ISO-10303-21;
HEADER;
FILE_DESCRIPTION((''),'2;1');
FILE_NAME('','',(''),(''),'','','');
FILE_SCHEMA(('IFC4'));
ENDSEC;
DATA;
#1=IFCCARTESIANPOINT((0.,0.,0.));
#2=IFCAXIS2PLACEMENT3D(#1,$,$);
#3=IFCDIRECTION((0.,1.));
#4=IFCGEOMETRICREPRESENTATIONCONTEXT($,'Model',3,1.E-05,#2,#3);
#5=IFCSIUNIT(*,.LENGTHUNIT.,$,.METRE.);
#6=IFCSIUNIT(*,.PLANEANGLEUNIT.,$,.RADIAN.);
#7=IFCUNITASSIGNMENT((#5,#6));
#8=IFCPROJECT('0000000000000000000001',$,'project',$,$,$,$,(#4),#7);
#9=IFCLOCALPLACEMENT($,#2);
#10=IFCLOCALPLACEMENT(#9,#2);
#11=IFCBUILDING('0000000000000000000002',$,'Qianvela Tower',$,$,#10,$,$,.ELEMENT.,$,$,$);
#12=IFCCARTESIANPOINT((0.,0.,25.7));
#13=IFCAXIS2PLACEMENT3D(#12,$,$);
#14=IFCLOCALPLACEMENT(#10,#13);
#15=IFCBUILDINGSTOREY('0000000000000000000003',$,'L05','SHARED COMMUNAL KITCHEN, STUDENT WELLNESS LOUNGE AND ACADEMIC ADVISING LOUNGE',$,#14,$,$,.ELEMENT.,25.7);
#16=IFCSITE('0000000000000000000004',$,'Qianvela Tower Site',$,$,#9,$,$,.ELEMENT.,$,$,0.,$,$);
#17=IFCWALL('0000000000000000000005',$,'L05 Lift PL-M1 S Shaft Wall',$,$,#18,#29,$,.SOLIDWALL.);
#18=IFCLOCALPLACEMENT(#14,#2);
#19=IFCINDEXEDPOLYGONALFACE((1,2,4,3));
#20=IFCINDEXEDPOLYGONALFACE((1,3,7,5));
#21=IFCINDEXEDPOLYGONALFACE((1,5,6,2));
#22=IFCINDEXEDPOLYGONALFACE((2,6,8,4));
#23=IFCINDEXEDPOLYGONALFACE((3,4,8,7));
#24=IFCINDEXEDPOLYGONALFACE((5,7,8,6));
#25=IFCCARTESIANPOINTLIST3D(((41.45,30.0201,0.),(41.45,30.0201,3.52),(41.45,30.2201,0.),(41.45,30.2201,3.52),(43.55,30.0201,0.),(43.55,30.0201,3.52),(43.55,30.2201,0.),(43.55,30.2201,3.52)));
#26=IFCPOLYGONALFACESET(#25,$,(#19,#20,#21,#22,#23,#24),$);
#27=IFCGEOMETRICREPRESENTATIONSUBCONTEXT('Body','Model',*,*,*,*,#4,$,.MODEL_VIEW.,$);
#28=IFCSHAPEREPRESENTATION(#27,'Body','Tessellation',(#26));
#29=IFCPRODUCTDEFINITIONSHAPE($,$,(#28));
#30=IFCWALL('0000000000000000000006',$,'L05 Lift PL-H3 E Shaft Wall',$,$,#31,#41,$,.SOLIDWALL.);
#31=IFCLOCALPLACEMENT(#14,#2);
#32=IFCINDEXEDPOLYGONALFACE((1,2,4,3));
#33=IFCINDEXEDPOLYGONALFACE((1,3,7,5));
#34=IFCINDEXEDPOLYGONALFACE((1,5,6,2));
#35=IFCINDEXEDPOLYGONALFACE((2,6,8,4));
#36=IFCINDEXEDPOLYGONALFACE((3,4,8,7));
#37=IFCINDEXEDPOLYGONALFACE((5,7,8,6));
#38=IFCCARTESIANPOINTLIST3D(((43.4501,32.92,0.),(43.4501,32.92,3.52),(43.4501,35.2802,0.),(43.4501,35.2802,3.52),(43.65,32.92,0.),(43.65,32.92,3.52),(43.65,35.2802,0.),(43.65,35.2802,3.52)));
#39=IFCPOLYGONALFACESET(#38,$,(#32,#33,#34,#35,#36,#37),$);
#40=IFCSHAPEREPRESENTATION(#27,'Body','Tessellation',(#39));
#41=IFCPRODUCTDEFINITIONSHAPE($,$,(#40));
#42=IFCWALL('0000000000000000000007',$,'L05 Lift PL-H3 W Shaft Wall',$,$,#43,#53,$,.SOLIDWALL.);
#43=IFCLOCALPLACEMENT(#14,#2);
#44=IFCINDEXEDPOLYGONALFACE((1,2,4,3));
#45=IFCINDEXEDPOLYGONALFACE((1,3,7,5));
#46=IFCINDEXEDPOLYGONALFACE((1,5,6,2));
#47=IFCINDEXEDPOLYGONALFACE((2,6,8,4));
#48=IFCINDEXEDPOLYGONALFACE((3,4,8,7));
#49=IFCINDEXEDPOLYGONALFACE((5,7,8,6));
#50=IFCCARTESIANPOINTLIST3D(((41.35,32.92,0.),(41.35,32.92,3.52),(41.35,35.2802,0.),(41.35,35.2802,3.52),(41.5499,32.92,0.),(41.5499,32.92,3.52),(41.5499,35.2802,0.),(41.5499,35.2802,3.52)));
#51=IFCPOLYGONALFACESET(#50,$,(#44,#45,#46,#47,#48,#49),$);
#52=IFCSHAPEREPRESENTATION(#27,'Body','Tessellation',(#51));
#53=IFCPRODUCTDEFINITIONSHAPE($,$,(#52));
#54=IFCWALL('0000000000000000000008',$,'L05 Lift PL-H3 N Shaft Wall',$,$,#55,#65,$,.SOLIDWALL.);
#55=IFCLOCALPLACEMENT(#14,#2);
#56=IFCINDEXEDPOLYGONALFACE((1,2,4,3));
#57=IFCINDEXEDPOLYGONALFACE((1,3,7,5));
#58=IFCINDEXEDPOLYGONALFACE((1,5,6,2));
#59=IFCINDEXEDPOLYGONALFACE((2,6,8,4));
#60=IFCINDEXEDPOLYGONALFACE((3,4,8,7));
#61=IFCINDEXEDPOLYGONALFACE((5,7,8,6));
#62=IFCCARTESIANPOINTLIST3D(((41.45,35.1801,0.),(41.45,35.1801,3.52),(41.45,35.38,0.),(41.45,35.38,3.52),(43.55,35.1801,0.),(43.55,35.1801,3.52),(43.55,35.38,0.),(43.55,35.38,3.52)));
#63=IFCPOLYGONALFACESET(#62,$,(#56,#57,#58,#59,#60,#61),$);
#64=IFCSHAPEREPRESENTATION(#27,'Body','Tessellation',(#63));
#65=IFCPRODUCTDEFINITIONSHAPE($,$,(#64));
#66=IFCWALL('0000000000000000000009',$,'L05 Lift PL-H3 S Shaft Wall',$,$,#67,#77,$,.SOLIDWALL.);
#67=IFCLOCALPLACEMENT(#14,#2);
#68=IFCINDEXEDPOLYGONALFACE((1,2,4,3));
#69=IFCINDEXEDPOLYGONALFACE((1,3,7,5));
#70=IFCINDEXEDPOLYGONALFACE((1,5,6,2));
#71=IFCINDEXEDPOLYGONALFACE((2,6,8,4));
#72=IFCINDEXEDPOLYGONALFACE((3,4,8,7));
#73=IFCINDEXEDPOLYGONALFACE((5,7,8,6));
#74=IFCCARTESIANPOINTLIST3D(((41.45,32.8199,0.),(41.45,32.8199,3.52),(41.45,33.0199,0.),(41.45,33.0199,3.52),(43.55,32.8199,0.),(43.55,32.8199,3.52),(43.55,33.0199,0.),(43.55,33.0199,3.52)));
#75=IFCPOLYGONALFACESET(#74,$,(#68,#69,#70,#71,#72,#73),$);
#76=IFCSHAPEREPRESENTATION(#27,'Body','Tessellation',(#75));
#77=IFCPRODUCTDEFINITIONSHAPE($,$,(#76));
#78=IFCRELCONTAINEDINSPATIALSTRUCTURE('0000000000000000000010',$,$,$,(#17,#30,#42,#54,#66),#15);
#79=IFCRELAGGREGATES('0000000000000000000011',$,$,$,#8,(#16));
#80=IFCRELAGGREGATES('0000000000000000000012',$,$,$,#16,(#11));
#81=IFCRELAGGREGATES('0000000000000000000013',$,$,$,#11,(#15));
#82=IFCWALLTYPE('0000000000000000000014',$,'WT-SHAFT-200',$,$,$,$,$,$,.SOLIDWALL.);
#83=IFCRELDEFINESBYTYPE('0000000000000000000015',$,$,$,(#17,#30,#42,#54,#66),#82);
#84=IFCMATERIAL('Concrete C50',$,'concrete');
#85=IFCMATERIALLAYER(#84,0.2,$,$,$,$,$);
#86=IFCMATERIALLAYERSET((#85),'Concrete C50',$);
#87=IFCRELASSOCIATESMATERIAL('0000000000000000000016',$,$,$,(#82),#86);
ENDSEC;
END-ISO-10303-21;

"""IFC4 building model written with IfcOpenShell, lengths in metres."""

from ifc_helpers import new_model, si_unit, direction, frame, frame_2d, origin, place, context, subcontext, project, spatial, rectangle, extrude, material, layer, layer_set, type_object, element, save


model = new_model("IFC4")

# Units and contexts
model_context = context("Model", 3, precision=1e-05, world=origin(), true_north=direction((0.0, 1.0)))
body_context = subcontext(model_context, "Body", "Model", "MODEL_VIEW")
ifc_project = project(units=[si_unit("LENGTHUNIT", "METRE"), si_unit("PLANEANGLEUNIT", "RADIAN")], contexts=[model_context])

# Site, building, storey
site_placement = place(None, origin())
site = spatial("IfcSite", under=ifc_project, at=site_placement, Name="Qianvela Tower Site", CompositionType="ELEMENT", RefElevation=0.0)
building_placement = place(site_placement, origin())
building = spatial("IfcBuilding", under=site, at=building_placement, Name="Qianvela Tower", CompositionType="ELEMENT")
storey_placement = place(building_placement, frame((0.0, 0.0, 25.7)))
storey = spatial("IfcBuildingStorey", under=building, at=storey_placement, Name="L05", Description="SHARED COMMUNAL KITCHEN, STUDENT WELLNESS LOUNGE AND ACADEMIC ADVISING LOUNGE", CompositionType="ELEMENT", Elevation=25.7)

# Walls
ifc_material_1 = material(Name="Concrete C50", Category="concrete")
ifc_layer_1 = layer(ifc_material_1, 0.2)
ifc_layer_set_1 = layer_set([ifc_layer_1], Name="Concrete C50")
wall_type_1 = type_object("IfcWallType", Name="WT-SHAFT-200", PredefinedType="SOLIDWALL", material=ifc_layer_set_1)
for number, where, z_axis, x_axis, name in (
    (1, (41.45, 30.1201, 0.0), (0.0, 0.0, 1.0), (1.0, 0.0, 0.0), "L05 Lift PL-M1 S Shaft Wall"),
):
    element("IfcWall", number, at=place(storey_placement, frame(where, z_axis=z_axis, x_axis=x_axis)), inside=storey, type_object=wall_type_1, Name=name, PredefinedType="SOLIDWALL", context=body_context, shape_type="SweptSolid", body=[
        extrude(rectangle(XDim=2.1001, YDim=0.2, at=frame_2d((1.05, 0.0))), origin(), (0.0, 0.0, 1.0), 3.52),
    ])
for number, where, z_axis, x_axis, name in (
    (2, (43.55, 32.9199, 0.0), (0.0, 0.0, 1.0), (0.0, 1.0, 0.0), "L05 Lift PL-H3 E Shaft Wall"),
    (3, (41.45, 32.9199, 0.0), (0.0, 0.0, 1.0), (0.0, 1.0, 0.0), "L05 Lift PL-H3 W Shaft Wall"),
):
    element("IfcWall", number, at=place(storey_placement, frame(where, z_axis=z_axis, x_axis=x_axis)), inside=storey, type_object=wall_type_1, Name=name, PredefinedType="SOLIDWALL", context=body_context, shape_type="SweptSolid", body=[
        extrude(rectangle(XDim=2.3601, YDim=0.2, at=frame_2d((1.1802, 0.0))), origin(), (0.0, 0.0, 1.0), 3.52),
    ])
for number, where, z_axis, x_axis, name in (
    (4, (41.45, 35.28, 0.0), (0.0, 0.0, 1.0), (1.0, 0.0, 0.0), "L05 Lift PL-H3 N Shaft Wall"),
    (5, (41.45, 32.9199, 0.0), (0.0, 0.0, 1.0), (1.0, 0.0, 0.0), "L05 Lift PL-H3 S Shaft Wall"),
):
    element("IfcWall", number, at=place(storey_placement, frame(where, z_axis=z_axis, x_axis=x_axis)), inside=storey, type_object=wall_type_1, Name=name, PredefinedType="SOLIDWALL", context=body_context, shape_type="SweptSolid", body=[
        extrude(rectangle(XDim=2.1001, YDim=0.2, at=frame_2d((1.05, 0.0))), origin(), (0.0, 0.0, 1.0), 3.52),
    ])

save(model, "model.ifc")
